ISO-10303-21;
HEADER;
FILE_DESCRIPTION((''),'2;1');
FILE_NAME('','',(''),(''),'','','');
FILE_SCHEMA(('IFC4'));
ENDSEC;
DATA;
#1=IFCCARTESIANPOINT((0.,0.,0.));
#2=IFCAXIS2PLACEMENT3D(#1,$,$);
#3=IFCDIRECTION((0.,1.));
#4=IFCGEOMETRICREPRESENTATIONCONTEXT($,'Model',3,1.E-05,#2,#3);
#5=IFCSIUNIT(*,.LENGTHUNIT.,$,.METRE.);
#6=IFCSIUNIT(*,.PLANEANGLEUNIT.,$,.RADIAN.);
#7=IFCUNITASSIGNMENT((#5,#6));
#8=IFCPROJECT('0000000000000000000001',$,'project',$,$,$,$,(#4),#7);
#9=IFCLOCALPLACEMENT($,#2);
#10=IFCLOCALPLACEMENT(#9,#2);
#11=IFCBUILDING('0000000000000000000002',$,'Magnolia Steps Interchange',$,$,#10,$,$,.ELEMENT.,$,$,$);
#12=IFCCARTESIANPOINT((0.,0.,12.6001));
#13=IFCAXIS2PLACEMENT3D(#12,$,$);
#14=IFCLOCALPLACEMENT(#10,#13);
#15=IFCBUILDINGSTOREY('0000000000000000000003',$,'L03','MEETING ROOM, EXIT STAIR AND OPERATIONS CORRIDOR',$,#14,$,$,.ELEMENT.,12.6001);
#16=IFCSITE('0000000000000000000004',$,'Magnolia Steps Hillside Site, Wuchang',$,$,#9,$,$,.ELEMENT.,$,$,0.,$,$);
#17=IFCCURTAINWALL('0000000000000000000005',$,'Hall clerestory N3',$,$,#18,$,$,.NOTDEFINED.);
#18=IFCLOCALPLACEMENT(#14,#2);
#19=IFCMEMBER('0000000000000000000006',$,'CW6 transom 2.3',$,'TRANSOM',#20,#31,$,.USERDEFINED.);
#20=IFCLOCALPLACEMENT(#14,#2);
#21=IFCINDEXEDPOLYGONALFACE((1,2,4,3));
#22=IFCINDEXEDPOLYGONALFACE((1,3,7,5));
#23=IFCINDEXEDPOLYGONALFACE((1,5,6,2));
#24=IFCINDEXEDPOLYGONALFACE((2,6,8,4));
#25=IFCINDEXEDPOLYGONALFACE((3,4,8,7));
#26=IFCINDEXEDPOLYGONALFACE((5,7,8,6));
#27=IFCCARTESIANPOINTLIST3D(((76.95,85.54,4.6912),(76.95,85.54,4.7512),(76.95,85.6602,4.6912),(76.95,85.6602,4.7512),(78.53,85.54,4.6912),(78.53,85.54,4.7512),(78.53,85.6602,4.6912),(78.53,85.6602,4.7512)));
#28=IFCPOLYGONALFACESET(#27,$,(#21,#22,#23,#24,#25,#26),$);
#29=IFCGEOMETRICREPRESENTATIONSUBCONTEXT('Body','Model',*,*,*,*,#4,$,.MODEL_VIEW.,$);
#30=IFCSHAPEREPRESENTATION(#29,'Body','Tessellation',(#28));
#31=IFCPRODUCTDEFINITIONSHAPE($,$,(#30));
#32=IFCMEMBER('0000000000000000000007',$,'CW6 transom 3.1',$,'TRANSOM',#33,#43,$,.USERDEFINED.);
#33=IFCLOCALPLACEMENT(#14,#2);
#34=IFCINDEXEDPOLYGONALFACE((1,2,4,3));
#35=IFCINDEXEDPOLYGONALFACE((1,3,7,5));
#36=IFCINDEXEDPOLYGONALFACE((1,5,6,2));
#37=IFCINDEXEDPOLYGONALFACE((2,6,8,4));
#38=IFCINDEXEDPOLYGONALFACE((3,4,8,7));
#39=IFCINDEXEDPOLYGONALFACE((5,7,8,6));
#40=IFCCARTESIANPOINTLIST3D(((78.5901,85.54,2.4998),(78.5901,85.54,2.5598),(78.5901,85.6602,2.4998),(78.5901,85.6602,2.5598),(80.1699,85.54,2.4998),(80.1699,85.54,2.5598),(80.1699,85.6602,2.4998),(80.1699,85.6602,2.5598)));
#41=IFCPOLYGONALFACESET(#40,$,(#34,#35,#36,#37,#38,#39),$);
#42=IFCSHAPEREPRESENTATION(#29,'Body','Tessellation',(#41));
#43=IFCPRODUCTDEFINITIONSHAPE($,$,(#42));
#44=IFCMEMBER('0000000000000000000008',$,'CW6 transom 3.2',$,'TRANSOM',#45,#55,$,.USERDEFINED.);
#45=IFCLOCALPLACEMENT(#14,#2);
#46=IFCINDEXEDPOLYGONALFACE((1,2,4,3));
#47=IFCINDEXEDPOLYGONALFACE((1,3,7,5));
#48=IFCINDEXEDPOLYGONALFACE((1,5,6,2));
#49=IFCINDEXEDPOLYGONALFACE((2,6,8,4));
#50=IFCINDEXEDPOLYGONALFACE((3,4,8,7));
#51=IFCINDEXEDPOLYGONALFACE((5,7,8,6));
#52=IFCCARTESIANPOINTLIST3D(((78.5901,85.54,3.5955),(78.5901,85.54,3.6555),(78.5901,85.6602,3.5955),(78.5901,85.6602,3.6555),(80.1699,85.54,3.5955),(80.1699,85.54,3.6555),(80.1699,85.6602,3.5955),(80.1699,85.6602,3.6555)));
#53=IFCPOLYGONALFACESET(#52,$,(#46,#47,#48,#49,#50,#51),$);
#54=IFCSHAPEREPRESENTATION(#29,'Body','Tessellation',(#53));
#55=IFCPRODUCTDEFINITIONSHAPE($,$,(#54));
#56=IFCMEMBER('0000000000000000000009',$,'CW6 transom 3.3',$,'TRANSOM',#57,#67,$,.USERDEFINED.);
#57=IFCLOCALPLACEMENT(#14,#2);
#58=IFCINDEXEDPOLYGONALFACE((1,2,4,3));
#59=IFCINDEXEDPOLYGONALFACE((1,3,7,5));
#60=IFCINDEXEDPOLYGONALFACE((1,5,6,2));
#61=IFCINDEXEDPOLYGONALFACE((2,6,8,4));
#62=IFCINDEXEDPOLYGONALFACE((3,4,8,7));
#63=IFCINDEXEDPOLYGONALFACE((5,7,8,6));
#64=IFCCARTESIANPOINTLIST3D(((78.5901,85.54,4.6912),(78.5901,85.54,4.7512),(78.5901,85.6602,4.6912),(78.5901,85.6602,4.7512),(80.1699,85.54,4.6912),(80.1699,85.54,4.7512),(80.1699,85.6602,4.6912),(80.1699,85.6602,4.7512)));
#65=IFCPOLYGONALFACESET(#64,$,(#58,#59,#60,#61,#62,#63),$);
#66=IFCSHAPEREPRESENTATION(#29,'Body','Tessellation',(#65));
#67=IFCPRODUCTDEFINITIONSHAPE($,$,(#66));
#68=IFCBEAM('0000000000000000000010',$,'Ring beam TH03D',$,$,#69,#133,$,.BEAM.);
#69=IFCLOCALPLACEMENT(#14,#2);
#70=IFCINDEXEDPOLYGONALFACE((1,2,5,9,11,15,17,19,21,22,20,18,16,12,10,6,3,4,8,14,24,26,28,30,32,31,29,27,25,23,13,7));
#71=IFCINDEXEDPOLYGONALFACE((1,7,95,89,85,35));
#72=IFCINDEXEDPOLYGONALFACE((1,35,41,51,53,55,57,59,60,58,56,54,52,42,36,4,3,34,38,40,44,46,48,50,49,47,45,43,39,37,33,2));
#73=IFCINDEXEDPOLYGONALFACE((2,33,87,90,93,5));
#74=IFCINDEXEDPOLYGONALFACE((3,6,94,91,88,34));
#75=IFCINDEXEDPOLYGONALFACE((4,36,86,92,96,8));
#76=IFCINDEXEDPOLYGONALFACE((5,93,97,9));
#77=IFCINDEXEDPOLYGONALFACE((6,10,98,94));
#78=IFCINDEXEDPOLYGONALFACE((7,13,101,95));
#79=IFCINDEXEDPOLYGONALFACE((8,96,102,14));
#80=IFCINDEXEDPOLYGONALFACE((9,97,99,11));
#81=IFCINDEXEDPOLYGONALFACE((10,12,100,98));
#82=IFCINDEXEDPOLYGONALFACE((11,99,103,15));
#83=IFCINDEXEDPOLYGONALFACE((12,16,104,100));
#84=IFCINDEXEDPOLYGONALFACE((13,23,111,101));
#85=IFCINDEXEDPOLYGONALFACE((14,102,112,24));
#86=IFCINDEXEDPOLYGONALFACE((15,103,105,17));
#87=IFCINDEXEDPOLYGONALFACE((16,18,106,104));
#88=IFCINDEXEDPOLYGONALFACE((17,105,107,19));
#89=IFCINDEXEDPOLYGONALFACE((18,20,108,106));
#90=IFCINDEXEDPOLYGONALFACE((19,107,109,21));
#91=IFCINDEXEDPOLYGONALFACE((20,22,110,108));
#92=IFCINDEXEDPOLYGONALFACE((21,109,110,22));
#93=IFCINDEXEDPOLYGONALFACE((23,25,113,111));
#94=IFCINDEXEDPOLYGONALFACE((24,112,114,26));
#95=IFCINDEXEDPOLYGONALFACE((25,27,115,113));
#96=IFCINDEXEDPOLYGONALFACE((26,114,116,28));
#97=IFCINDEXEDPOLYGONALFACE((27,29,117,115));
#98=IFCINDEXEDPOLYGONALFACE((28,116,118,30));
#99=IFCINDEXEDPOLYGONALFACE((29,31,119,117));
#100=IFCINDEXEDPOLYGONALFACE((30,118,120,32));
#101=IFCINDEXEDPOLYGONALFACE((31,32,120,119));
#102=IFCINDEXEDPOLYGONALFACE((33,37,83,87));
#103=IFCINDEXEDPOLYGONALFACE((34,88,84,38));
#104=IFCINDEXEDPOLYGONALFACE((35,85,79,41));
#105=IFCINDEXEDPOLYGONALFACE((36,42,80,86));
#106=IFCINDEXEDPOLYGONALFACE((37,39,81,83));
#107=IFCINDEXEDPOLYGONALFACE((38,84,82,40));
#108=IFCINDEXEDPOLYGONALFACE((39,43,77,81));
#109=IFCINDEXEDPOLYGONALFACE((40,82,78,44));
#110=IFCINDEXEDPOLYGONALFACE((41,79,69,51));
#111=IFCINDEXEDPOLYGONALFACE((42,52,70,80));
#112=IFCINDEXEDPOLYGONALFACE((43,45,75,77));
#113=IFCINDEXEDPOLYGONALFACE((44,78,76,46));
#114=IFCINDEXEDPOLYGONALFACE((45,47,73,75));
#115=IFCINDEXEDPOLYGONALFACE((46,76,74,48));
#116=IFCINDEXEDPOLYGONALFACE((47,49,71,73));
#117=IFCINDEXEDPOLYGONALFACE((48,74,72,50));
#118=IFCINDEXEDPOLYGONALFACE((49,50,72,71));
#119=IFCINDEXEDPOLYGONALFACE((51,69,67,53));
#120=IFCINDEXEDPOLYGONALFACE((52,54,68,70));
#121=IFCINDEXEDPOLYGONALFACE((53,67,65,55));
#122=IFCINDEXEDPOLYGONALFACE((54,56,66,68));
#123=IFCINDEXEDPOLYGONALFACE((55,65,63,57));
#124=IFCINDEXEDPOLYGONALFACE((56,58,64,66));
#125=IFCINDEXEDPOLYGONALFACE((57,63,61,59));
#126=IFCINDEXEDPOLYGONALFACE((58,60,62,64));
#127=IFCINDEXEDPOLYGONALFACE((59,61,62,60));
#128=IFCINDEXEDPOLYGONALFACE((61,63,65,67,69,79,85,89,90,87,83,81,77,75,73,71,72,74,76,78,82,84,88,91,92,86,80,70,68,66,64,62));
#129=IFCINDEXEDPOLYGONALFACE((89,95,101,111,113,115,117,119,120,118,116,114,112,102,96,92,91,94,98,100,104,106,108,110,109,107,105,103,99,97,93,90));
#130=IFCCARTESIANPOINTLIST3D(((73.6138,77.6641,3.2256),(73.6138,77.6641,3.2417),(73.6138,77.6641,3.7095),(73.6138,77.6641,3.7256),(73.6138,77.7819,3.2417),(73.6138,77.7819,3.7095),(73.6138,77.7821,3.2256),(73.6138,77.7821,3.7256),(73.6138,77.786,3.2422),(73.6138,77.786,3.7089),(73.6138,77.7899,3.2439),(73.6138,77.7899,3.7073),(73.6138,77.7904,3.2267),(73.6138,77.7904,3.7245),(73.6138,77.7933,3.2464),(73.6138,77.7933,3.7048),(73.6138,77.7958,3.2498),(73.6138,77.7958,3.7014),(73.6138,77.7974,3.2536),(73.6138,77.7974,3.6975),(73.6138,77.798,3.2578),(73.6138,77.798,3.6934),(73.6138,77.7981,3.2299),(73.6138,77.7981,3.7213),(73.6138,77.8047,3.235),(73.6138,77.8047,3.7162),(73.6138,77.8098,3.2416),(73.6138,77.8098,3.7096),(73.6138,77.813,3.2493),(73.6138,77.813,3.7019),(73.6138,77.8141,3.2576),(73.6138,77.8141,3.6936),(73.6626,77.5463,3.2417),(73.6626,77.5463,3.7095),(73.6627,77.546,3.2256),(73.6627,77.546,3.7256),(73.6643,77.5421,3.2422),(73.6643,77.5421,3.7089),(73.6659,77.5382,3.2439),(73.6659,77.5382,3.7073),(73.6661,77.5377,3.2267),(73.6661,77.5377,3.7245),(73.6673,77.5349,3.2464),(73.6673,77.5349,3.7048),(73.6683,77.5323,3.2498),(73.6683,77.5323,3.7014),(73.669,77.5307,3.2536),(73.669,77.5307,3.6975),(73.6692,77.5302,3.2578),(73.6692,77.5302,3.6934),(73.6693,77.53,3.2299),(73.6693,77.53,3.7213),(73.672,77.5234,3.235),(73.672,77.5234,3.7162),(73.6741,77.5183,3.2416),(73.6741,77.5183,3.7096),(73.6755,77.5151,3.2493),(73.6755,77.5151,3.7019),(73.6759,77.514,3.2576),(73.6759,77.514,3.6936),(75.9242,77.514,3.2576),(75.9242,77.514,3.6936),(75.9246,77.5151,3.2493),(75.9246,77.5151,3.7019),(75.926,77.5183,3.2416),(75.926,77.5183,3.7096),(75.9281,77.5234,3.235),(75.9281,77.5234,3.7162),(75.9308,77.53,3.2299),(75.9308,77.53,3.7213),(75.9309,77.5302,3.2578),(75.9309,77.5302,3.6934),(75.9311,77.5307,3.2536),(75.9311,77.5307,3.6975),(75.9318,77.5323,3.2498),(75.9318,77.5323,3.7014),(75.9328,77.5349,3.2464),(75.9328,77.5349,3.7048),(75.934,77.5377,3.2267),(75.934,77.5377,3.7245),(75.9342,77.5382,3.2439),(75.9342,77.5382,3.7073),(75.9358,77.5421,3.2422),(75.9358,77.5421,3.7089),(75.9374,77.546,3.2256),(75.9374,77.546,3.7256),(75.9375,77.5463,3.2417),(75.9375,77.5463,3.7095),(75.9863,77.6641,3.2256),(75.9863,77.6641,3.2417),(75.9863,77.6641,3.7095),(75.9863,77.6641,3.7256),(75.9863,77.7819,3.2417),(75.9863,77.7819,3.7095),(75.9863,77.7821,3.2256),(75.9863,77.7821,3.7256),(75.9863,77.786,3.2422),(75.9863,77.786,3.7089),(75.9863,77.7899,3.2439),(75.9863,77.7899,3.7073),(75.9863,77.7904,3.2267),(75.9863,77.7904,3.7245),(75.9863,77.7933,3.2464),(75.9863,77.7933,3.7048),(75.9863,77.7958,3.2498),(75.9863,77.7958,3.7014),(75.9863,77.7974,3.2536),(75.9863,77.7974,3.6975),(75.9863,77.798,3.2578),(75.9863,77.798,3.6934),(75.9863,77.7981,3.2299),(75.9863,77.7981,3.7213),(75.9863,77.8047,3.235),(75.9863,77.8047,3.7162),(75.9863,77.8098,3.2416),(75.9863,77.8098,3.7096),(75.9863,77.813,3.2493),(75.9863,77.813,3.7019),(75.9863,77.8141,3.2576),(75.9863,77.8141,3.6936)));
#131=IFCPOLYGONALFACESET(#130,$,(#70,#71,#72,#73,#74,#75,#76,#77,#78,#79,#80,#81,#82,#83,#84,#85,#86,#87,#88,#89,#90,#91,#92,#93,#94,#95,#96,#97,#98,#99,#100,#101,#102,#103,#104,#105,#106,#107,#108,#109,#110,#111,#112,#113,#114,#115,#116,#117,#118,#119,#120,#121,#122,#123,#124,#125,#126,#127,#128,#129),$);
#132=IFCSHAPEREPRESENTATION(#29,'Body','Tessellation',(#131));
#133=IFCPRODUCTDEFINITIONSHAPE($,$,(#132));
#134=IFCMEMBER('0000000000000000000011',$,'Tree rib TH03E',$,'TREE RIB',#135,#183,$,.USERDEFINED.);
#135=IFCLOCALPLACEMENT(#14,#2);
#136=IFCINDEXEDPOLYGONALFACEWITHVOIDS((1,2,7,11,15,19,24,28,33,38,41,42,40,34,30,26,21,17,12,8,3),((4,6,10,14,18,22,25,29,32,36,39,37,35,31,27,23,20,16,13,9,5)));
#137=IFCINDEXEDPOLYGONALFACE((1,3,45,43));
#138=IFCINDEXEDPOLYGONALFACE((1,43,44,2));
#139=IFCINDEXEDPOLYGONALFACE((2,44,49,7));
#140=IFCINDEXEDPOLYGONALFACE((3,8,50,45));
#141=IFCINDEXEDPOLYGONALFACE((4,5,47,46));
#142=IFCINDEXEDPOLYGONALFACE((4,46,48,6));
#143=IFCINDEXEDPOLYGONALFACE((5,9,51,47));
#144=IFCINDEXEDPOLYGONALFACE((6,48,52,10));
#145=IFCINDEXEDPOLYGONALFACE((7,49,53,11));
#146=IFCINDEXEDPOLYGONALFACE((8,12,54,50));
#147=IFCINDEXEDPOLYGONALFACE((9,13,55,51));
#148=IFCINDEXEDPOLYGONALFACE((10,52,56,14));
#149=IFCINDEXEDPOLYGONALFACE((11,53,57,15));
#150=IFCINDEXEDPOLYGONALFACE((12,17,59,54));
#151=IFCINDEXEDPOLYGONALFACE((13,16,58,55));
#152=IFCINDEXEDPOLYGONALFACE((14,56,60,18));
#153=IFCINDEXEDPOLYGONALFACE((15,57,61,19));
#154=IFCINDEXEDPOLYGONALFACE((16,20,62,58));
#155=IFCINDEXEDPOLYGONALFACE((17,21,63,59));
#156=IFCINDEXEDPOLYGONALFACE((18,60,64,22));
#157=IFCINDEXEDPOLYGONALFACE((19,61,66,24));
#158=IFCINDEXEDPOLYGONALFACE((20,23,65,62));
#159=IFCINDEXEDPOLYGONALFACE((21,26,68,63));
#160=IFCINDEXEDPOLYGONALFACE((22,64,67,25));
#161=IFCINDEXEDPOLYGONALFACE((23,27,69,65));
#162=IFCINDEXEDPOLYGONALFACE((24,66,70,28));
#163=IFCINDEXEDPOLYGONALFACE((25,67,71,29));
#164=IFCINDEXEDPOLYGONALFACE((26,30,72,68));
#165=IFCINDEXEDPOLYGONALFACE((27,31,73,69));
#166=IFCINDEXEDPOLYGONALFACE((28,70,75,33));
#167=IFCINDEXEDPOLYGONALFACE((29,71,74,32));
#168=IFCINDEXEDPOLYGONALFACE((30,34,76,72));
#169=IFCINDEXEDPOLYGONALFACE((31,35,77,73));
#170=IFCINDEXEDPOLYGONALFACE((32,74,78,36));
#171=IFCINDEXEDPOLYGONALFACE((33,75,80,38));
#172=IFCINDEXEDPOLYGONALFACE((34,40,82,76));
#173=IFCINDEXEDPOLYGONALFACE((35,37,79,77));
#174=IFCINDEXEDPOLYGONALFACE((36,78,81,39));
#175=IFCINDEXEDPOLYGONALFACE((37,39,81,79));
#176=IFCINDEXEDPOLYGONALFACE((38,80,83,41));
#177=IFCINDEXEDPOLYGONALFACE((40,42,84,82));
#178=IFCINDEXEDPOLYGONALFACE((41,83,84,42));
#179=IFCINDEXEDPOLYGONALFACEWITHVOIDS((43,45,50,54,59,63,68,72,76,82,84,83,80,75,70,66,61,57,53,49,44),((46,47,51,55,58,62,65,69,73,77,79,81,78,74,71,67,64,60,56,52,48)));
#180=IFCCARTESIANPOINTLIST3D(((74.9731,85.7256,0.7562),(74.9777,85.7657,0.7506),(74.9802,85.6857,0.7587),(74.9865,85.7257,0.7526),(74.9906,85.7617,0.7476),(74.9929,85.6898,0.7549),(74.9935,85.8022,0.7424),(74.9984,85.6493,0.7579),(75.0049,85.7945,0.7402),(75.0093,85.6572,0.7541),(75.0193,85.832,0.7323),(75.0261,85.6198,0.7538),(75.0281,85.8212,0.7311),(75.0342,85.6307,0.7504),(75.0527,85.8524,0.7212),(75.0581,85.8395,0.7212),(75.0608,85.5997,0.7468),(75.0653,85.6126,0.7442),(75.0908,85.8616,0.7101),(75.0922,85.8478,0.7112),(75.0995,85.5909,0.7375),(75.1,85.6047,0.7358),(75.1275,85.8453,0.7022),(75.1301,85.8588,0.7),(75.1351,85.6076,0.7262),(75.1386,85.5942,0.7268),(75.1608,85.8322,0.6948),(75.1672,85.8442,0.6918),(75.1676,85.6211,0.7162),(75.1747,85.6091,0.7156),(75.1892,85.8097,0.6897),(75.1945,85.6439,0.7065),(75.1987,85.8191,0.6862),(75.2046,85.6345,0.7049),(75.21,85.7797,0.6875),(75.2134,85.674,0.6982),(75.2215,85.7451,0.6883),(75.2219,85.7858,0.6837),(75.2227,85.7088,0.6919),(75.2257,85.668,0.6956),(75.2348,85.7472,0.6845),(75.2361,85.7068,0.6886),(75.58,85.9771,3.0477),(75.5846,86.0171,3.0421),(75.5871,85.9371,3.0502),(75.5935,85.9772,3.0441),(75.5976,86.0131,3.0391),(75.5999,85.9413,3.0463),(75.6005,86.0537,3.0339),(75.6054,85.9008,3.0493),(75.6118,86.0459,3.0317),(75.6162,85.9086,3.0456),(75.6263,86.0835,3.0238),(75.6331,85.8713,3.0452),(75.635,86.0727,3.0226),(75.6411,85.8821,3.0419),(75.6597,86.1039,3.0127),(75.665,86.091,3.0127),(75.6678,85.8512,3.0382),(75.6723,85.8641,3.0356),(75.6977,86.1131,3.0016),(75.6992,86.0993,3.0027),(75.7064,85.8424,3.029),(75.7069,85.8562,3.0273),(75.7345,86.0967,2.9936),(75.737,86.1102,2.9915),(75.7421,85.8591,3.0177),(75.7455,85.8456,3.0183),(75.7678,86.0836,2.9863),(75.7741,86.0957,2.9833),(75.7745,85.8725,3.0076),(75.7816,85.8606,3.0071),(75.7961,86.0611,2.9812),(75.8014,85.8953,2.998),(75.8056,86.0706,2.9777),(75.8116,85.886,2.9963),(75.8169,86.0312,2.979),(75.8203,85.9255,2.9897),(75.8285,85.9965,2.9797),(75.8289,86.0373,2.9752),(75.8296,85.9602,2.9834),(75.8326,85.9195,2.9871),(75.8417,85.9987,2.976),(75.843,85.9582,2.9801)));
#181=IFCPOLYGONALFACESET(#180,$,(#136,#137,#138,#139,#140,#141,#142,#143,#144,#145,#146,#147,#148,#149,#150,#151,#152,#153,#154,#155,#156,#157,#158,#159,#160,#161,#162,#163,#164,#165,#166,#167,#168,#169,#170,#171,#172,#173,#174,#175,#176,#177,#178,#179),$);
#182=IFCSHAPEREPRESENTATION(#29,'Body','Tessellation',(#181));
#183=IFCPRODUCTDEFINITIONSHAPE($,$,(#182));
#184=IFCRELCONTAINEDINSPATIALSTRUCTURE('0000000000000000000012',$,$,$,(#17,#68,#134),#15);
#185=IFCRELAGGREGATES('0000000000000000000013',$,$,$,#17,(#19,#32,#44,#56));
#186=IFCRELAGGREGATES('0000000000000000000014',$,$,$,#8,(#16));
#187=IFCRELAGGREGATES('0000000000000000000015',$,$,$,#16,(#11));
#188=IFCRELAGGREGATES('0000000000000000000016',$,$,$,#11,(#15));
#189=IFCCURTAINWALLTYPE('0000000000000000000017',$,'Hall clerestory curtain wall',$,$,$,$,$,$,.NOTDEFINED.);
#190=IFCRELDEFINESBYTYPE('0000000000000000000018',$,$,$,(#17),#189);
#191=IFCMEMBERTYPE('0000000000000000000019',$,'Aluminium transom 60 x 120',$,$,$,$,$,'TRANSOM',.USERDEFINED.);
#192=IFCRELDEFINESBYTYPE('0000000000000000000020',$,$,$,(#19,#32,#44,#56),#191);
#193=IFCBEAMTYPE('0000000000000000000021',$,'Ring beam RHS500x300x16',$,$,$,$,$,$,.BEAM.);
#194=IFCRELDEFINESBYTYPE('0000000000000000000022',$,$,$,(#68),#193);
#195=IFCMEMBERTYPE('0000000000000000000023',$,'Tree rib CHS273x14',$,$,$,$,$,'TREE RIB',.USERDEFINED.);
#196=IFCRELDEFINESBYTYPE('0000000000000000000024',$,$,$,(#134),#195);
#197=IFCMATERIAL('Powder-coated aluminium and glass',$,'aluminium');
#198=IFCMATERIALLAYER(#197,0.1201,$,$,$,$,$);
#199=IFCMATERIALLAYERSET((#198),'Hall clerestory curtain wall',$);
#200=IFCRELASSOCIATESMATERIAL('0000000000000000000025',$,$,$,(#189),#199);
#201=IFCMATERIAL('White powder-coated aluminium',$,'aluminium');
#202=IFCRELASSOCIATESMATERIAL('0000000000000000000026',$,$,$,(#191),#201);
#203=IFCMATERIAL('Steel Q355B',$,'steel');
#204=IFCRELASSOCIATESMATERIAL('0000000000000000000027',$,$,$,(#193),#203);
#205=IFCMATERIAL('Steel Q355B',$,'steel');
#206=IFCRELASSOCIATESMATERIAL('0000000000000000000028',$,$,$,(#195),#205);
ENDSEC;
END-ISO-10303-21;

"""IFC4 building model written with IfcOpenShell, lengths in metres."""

from ifc_helpers import new_model, si_unit, direction, frame, origin, origin_2d, place, context, subcontext, project, spatial, rectangle, hollow_rectangle, hollow_circle, extrude, clip, halfspace, material, layer, layer_set, material_profile, profile_set, type_object, element, aggregate, save


model = new_model("IFC4")

# Units and contexts
model_context = context("Model", 3, precision=1e-05, world=origin(), true_north=direction((0.0, 1.0)))
body_context = subcontext(model_context, "Body", "Model", "MODEL_VIEW")
ifc_project = project(units=[si_unit("LENGTHUNIT", "METRE"), si_unit("PLANEANGLEUNIT", "RADIAN")], contexts=[model_context])

# Site, building, storey
site_placement = place(None, origin())
site = spatial("IfcSite", under=ifc_project, at=site_placement, Name="Magnolia Steps Hillside Site, Wuchang", CompositionType="ELEMENT", RefElevation=0.0)
building_placement = place(site_placement, origin())
building = spatial("IfcBuilding", under=site, at=building_placement, Name="Magnolia Steps Interchange", CompositionType="ELEMENT")
storey_placement = place(building_placement, frame((0.0, 0.0, 12.6001)))
storey = spatial("IfcBuildingStorey", under=building, at=storey_placement, Name="L03", Description="MEETING ROOM, EXIT STAIR AND OPERATIONS CORRIDOR", CompositionType="ELEMENT", Elevation=12.6001)

# Shared definitions
ifc_material_1 = material(Name="Powder-coated aluminium and glass", Category="aluminium")
ifc_layer_1 = layer(ifc_material_1, 0.1201)
ifc_layer_set_1 = layer_set([ifc_layer_1], Name="Hall clerestory curtain wall")
curtain_wall_type = type_object("IfcCurtainWallType", Name="Hall clerestory curtain wall", PredefinedType="NOTDEFINED", material=ifc_layer_set_1)

# Curtain wall, members
curtain_wall_1_placement = place(storey_placement, origin())
curtain_wall_1 = element("IfcCurtainWall", 1, at=curtain_wall_1_placement, inside=storey, type_object=curtain_wall_type, Name="Hall clerestory N3", PredefinedType="NOTDEFINED")
ifc_material_2 = material(Name="White powder-coated aluminium", Category="aluminium")
ifc_material_profile_1 = material_profile(ifc_material_2, rectangle(XDim=0.0601, YDim=0.1201, at=origin_2d()), Name="Aluminium transom 60 x 120")
ifc_profile_set_1 = profile_set([ifc_material_profile_1], Name="White powder-coated aluminium")
member_type_1 = type_object("IfcMemberType", Name="Aluminium transom 60 x 120", ElementType="TRANSOM", PredefinedType="USERDEFINED", material=ifc_profile_set_1)
member_1_placement = place(storey_placement, frame((76.95, 85.6001, 4.7212), z_axis=(1.0, 0.0, 0.0), x_axis=(0.0, 0.0, 1.0)))
member_1 = element("IfcMember", 2, at=member_1_placement, type_object=member_type_1, Name="CW6 transom 2.3", ObjectType="TRANSOM", PredefinedType="USERDEFINED", context=body_context, shape_type="SweptSolid", body=[
    extrude(rectangle(XDim=0.0601, YDim=0.1201, at=origin_2d()), origin(), (0.0, 0.0, 1.0), 1.5801),
])
member_2_placement = place(storey_placement, frame((78.5901, 85.6001, 2.5298), z_axis=(1.0, 0.0, 0.0), x_axis=(0.0, 0.0, 1.0)))
member_2 = element("IfcMember", 3, at=member_2_placement, type_object=member_type_1, Name="CW6 transom 3.1", ObjectType="TRANSOM", PredefinedType="USERDEFINED", context=body_context, shape_type="SweptSolid", body=[
    extrude(rectangle(XDim=0.0601, YDim=0.1201, at=origin_2d()), origin(), (0.0, 0.0, 1.0), 1.5798),
])
member_3_placement = place(storey_placement, frame((78.5901, 85.6001, 3.6255), z_axis=(1.0, 0.0, 0.0), x_axis=(0.0, 0.0, 1.0)))
member_3 = element("IfcMember", 4, at=member_3_placement, type_object=member_type_1, Name="CW6 transom 3.2", ObjectType="TRANSOM", PredefinedType="USERDEFINED", context=body_context, shape_type="SweptSolid", body=[
    extrude(rectangle(XDim=0.0601, YDim=0.1201, at=origin_2d()), origin(), (0.0, 0.0, 1.0), 1.5798),
])
member_4_placement = place(storey_placement, frame((78.5901, 85.6001, 4.7212), z_axis=(1.0, 0.0, 0.0), x_axis=(0.0, 0.0, 1.0)))
member_4 = element("IfcMember", 5, at=member_4_placement, type_object=member_type_1, Name="CW6 transom 3.3", ObjectType="TRANSOM", PredefinedType="USERDEFINED", context=body_context, shape_type="SweptSolid", body=[
    extrude(rectangle(XDim=0.0601, YDim=0.1201, at=origin_2d()), origin(), (0.0, 0.0, 1.0), 1.5798),
])

# Beam
ifc_material_3 = material(Name="Steel Q355B", Category="steel")
ifc_material_profile_2 = material_profile(ifc_material_3, hollow_rectangle(XDim=0.3, YDim=0.5, WallThickness=0.0161, InnerFilletRadius=0.0161, OuterFilletRadius=0.032, at=origin_2d()), Name="RHS500x300x16")
ifc_profile_set_2 = profile_set([ifc_material_profile_2], Name="Steel Q355B")
beam_type = type_object("IfcBeamType", Name="Ring beam RHS500x300x16", PredefinedType="BEAM", material=ifc_profile_set_2)
beam_placement = place(storey_placement, frame((75.9863, 77.6641, 3.4756), z_axis=(-1.0, 0.0, 0.0), x_axis=(0.0, -1.0, 0.0)))
element("IfcBeam", 6, at=beam_placement, inside=storey, type_object=beam_type, Name="Ring beam TH03D", PredefinedType="BEAM", context=body_context, shape_type="Clipping", body=[
    clip(clip(extrude(hollow_rectangle(XDim=0.3, YDim=0.5, WallThickness=0.0161, InnerFilletRadius=0.0161, OuterFilletRadius=0.032, at=origin_2d()), origin(), (0.0, 0.0, 1.0), 2.3726), halfspace(frame((0.0, 0.0, 0.0), z_axis=(0.382683, 0.0, -0.92388), x_axis=(0.92388, 0.0, 0.382683)), False)), halfspace(frame((0.0, 0.0, 2.3726), z_axis=(0.382683, 0.0, 0.92388), x_axis=(0.92388, 0.0, -0.382683)), False)),
])

# Member
ifc_material_4 = material(Name="Steel Q355B", Category="steel")
ifc_material_profile_3 = material_profile(ifc_material_4, hollow_circle(Radius=0.1365, WallThickness=0.0139, at=origin_2d()), Name="CHS273x14")
ifc_profile_set_3 = profile_set([ifc_material_profile_3], Name="Steel Q355B")
member_type_2 = type_object("IfcMemberType", Name="Tree rib CHS273x14", ElementType="TREE RIB", PredefinedType="USERDEFINED", material=ifc_profile_set_3)
for number, where, z_axis, x_axis, name in (
    (7, (75.105, 85.7263, 0.7212), (0.254606, 0.105488, 0.961274), (-0.382768, 0.923845, 0.0), "Tree rib TH03E"),
):
    element("IfcMember", number, at=place(storey_placement, frame(where, z_axis=z_axis, x_axis=x_axis)), inside=storey, type_object=member_type_2, Name=name, ObjectType="TREE RIB", PredefinedType="USERDEFINED", context=body_context, shape_type="SweptSolid", body=[
        extrude(hollow_circle(Radius=0.1365, WallThickness=0.0139, at=origin_2d()), origin(), (0.0, 0.0, 1.0), 2.3838),
    ])

aggregate(curtain_wall_1, [member_1, member_2, member_3, member_4])

save(model, "model.ifc")
